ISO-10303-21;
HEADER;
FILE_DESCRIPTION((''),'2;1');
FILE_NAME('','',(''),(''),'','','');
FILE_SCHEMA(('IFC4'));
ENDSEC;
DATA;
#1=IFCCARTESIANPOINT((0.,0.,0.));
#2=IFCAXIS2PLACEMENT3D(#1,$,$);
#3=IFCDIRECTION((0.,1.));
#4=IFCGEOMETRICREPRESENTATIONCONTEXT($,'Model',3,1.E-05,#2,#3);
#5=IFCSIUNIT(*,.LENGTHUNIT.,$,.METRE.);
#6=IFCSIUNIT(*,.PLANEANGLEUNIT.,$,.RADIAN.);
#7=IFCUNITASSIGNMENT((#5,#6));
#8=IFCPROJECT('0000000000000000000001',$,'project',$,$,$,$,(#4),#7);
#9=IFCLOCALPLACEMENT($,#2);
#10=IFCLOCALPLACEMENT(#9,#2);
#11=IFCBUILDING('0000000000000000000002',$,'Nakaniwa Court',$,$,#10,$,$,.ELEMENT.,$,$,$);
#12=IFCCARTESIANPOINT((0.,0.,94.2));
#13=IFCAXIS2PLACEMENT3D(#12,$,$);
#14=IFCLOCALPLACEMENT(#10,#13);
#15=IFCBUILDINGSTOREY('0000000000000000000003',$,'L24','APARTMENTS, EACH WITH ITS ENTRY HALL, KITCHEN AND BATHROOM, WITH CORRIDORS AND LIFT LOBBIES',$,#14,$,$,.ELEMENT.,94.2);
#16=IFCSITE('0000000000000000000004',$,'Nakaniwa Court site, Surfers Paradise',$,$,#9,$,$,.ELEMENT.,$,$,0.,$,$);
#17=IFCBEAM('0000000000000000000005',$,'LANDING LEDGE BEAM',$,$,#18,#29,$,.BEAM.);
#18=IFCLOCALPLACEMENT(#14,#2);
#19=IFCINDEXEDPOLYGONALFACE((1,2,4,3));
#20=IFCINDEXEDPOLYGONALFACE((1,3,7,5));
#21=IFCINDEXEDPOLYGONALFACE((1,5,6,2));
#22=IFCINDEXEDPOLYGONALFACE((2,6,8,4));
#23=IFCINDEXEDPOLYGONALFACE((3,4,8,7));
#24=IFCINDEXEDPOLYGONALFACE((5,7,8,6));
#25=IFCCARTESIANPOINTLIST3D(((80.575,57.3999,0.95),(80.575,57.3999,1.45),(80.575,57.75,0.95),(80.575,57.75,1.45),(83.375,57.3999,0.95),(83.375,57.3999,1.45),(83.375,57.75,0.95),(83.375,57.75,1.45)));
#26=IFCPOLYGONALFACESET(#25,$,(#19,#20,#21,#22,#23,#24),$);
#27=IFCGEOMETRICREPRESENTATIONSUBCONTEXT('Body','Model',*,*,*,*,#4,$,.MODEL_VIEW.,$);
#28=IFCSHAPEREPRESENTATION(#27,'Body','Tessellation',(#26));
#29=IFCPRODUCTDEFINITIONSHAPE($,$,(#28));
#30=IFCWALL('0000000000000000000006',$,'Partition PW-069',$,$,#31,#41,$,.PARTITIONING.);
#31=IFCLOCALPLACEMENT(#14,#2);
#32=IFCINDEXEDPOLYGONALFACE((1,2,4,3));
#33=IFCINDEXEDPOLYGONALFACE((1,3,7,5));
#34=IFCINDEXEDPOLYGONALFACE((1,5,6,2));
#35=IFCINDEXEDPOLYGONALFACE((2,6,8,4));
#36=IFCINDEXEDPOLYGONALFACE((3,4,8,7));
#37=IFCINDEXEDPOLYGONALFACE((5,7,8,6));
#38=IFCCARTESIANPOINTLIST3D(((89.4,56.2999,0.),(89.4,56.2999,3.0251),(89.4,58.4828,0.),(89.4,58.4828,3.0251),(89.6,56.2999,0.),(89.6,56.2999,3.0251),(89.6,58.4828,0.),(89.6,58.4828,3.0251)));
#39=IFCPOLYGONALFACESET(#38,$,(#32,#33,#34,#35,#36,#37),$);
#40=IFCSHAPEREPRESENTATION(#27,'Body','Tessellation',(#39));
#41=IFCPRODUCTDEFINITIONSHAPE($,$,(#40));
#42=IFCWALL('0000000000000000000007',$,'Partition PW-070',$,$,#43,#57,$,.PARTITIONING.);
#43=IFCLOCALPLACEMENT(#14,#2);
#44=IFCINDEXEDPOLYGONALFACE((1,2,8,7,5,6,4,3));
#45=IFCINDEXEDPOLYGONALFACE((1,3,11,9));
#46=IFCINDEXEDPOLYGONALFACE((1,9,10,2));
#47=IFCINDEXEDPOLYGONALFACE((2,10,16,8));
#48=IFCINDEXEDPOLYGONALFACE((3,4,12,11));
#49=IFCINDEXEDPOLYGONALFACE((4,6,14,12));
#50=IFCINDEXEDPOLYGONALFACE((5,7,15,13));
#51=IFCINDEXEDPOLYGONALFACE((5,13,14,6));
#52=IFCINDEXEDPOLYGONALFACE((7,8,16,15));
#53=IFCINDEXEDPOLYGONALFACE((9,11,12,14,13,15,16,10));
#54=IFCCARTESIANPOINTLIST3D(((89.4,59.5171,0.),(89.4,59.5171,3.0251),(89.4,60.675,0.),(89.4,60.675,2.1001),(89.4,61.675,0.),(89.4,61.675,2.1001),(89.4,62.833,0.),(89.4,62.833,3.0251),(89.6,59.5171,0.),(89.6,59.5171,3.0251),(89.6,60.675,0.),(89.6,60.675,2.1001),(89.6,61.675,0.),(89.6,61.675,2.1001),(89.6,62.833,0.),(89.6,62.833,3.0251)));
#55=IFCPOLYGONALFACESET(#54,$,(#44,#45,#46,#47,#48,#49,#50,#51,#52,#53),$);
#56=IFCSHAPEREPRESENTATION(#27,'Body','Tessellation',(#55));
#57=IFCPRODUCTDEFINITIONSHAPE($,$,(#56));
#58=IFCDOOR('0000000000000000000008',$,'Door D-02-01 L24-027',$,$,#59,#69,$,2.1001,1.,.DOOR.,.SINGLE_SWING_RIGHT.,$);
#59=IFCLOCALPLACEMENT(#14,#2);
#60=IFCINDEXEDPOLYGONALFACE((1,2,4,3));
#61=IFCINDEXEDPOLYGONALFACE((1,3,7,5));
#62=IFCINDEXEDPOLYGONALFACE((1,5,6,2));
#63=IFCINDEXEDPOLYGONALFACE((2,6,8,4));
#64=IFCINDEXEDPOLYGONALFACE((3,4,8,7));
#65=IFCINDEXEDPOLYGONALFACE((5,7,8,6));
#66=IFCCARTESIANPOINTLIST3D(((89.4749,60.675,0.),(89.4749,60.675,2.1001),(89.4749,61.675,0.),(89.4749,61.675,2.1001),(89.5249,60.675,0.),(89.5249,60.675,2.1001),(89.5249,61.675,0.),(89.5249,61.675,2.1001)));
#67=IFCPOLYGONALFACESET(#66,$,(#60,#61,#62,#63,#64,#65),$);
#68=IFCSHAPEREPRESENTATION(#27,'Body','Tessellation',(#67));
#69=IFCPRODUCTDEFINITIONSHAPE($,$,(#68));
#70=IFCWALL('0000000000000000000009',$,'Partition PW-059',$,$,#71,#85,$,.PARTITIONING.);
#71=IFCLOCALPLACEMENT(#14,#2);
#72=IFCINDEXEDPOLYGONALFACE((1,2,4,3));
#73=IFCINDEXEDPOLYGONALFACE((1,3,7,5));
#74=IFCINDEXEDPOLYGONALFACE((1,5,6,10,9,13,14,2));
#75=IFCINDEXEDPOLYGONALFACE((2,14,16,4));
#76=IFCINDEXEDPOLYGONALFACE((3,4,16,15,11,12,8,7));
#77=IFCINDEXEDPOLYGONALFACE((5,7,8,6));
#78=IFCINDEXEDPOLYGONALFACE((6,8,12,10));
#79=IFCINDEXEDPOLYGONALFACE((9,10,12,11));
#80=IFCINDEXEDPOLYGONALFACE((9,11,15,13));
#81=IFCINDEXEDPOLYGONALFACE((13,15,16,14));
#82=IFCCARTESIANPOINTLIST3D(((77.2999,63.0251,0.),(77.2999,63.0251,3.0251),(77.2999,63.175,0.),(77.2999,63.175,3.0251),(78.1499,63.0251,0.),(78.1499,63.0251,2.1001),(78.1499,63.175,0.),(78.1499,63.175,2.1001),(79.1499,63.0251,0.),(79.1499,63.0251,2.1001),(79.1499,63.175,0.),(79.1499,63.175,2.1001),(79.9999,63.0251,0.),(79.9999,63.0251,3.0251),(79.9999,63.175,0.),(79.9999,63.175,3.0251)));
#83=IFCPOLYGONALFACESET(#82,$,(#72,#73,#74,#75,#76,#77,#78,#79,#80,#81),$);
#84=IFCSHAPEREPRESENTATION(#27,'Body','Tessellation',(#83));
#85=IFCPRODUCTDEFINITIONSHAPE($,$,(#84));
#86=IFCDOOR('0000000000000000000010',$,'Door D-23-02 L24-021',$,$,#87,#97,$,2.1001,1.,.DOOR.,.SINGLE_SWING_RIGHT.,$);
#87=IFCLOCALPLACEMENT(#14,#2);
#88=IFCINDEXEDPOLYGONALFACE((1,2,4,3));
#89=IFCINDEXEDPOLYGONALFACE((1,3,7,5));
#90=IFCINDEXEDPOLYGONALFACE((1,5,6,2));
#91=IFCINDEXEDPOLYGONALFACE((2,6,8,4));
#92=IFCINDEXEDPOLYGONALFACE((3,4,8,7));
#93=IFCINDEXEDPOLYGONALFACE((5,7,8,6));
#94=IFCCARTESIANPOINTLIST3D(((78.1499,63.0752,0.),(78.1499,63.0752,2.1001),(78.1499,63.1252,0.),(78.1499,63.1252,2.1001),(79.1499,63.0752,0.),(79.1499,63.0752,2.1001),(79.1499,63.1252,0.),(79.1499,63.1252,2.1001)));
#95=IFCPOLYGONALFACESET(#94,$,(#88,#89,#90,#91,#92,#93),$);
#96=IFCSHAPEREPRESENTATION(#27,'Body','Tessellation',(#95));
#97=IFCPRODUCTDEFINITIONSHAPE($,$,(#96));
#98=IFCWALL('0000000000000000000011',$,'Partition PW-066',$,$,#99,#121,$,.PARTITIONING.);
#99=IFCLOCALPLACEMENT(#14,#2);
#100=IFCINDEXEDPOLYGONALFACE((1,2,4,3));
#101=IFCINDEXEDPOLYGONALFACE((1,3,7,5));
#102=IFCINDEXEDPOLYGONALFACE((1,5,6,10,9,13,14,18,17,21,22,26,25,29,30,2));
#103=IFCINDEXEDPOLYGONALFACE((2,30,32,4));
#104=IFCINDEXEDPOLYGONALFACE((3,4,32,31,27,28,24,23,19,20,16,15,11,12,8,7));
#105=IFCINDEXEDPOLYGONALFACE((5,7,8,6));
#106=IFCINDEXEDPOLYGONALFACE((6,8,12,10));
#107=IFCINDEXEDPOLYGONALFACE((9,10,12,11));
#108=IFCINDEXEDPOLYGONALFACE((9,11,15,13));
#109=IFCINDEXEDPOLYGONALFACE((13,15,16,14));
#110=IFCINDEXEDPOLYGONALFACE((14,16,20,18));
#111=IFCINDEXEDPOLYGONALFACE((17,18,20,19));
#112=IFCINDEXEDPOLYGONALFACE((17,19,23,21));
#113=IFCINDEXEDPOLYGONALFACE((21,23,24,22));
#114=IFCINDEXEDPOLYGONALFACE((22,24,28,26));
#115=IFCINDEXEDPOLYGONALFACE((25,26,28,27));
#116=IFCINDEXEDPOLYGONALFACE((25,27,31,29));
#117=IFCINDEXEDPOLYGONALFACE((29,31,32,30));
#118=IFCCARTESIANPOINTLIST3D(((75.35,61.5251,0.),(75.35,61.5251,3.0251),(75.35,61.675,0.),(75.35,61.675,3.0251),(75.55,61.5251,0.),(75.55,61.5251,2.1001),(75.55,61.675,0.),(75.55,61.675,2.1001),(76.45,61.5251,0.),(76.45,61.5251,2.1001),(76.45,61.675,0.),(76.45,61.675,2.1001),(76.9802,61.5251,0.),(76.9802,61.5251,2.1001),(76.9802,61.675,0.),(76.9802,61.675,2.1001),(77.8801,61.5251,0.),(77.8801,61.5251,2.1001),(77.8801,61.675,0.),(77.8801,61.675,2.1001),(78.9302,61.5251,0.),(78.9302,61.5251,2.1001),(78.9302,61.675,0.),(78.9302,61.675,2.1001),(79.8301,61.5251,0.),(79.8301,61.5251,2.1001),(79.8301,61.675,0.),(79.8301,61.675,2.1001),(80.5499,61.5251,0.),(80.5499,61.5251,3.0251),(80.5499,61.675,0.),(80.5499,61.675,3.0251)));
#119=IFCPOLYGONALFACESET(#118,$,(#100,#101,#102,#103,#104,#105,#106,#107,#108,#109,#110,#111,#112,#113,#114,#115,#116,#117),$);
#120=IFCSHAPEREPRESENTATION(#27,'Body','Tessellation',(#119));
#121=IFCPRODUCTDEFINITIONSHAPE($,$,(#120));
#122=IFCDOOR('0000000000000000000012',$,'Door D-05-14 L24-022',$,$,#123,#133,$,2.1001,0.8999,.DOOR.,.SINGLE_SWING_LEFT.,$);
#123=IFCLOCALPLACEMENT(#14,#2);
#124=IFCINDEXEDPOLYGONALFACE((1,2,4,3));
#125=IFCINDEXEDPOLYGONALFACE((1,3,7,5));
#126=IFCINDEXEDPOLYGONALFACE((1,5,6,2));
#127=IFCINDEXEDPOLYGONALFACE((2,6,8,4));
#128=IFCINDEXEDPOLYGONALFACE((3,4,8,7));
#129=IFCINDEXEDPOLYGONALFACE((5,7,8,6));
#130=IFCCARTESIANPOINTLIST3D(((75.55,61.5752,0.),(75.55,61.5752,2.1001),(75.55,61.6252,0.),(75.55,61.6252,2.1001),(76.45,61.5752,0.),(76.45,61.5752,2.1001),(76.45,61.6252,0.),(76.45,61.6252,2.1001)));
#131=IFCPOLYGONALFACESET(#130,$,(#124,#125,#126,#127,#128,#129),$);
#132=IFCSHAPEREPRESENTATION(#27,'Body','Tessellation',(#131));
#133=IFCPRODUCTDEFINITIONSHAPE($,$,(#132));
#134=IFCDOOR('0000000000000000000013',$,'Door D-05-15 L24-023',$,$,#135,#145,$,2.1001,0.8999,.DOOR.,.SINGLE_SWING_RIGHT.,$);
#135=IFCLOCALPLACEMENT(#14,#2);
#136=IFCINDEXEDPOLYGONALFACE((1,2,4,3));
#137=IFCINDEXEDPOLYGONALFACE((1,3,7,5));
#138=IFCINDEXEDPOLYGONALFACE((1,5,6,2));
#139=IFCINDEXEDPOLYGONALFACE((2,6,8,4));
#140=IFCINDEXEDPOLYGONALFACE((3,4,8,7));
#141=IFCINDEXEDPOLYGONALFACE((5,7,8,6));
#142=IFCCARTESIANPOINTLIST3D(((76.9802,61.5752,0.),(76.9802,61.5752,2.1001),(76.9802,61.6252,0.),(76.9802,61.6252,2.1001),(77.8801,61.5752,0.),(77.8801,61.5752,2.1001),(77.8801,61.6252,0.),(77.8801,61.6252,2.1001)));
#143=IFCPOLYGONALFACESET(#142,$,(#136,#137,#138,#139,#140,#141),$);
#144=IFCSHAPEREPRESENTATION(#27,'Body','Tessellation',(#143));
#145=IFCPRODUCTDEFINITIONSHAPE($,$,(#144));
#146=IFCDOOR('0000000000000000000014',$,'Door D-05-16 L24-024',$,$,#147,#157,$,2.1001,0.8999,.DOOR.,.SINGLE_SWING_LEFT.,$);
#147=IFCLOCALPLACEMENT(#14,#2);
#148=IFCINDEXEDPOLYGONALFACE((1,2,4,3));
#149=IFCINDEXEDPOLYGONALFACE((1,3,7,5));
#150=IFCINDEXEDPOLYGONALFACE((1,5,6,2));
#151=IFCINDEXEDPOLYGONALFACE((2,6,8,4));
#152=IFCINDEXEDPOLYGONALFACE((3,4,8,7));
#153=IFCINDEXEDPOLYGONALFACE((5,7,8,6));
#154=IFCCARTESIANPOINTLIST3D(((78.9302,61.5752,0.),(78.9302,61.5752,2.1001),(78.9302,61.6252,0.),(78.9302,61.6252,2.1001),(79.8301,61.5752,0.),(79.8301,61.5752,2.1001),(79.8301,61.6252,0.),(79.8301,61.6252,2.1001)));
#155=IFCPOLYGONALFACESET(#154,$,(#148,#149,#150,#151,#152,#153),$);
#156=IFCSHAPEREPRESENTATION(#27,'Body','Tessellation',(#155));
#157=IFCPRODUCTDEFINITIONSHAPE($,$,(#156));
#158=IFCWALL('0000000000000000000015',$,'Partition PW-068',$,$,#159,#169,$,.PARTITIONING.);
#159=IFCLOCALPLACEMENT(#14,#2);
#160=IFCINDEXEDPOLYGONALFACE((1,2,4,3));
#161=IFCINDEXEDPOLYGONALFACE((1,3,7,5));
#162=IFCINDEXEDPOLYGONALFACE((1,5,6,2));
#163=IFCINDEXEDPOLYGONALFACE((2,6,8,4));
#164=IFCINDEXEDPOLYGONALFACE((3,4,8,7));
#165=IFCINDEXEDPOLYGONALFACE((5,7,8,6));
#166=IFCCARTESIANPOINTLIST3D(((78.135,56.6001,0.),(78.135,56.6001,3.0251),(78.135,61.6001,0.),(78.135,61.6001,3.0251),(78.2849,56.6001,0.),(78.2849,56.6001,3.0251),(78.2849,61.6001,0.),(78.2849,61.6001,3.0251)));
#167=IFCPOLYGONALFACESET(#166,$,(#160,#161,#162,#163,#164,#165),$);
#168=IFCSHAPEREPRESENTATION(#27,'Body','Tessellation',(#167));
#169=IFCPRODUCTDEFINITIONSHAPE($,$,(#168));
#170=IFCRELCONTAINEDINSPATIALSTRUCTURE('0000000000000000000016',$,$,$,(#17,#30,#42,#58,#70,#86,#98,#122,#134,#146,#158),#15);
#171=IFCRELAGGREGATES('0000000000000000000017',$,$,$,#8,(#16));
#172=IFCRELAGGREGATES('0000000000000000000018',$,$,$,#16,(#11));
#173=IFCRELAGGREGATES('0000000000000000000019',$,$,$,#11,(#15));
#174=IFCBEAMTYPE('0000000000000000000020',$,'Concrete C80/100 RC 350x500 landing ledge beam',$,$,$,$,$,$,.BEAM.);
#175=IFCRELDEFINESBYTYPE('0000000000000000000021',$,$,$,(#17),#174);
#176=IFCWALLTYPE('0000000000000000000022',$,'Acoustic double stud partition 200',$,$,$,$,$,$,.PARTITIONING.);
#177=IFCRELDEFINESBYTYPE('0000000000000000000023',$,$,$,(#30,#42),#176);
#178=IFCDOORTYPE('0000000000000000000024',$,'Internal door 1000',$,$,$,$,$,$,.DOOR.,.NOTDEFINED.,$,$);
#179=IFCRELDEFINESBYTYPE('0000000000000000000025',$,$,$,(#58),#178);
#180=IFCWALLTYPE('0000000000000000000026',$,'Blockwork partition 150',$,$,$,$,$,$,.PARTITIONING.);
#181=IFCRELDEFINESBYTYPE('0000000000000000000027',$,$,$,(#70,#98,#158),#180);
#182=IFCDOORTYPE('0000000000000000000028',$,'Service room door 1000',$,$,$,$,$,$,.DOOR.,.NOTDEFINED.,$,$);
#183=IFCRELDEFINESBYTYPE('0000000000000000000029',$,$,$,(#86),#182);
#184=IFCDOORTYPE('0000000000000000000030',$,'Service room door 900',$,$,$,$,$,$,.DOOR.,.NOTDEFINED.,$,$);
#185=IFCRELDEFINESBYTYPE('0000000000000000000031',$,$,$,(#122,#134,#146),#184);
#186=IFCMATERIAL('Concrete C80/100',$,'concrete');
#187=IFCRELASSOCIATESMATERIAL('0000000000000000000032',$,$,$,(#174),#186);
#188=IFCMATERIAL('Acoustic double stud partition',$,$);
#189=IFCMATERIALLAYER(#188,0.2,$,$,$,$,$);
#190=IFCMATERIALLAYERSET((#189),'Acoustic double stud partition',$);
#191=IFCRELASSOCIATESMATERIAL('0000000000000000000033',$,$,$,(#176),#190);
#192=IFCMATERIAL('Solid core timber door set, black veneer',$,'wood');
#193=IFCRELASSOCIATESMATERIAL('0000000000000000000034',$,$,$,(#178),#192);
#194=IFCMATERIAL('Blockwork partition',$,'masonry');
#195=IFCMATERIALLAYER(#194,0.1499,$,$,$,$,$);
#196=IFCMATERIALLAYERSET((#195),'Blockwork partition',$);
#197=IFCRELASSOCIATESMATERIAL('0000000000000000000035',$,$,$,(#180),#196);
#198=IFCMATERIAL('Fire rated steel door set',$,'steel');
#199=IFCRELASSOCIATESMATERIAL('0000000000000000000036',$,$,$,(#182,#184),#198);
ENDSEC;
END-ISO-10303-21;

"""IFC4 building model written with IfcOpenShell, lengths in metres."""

from ifc_helpers import new_model, si_unit, direction, frame, frame_2d, origin, origin_2d, place, context, subcontext, project, spatial, rectangle, extrude, material, layer, layer_set, material_profile, profile_set, type_object, element, fill, save


model = new_model("IFC4")

# Units and contexts
model_context = context("Model", 3, precision=1e-05, world=origin(), true_north=direction((0.0, 1.0)))
body_context = subcontext(model_context, "Body", "Model", "MODEL_VIEW")
ifc_project = project(units=[si_unit("LENGTHUNIT", "METRE"), si_unit("PLANEANGLEUNIT", "RADIAN")], contexts=[model_context])

# Site, building, storey
site_placement = place(None, origin())
site = spatial("IfcSite", under=ifc_project, at=site_placement, Name="Nakaniwa Court site, Surfers Paradise", CompositionType="ELEMENT", RefElevation=0.0)
building_placement = place(site_placement, origin())
building = spatial("IfcBuilding", under=site, at=building_placement, Name="Nakaniwa Court", CompositionType="ELEMENT")
storey_placement = place(building_placement, frame((0.0, 0.0, 94.2)))
storey = spatial("IfcBuildingStorey", under=building, at=storey_placement, Name="L24", Description="APARTMENTS, EACH WITH ITS ENTRY HALL, KITCHEN AND BATHROOM, WITH CORRIDORS AND LIFT LOBBIES", CompositionType="ELEMENT", Elevation=94.2)

# Beam
ifc_material_1 = material(Name="Concrete C80/100", Category="concrete")
ifc_material_profile = material_profile(ifc_material_1, rectangle(XDim=0.3501, YDim=0.5, at=origin_2d()), Name="Concrete C80/100 RC 350x500 landing ledge beam")
ifc_profile_set = profile_set([ifc_material_profile], Name="Concrete C80/100")
beam_type = type_object("IfcBeamType", Name="Concrete C80/100 RC 350x500 landing ledge beam", PredefinedType="BEAM", material=ifc_profile_set)
beam_placement = place(storey_placement, frame((80.575, 57.575, 1.2), z_axis=(1.0, 0.0, 0.0), x_axis=(0.0, 1.0, 0.0)))
element("IfcBeam", 1, at=beam_placement, inside=storey, type_object=beam_type, Name="LANDING LEDGE BEAM", PredefinedType="BEAM", context=body_context, shape_type="SweptSolid", body=[
    extrude(rectangle(XDim=0.3501, YDim=0.5, at=origin_2d()), origin(), (0.0, 0.0, 1.0), 2.8),
])

# Wall
ifc_material_2 = material(Name="Acoustic double stud partition")
ifc_layer_1 = layer(ifc_material_2, 0.2)
ifc_layer_set_1 = layer_set([ifc_layer_1], Name="Acoustic double stud partition")
wall_type_1 = type_object("IfcWallType", Name="Acoustic double stud partition 200", PredefinedType="PARTITIONING", material=ifc_layer_set_1)
wall_1_placement = place(storey_placement, frame((89.5, 56.3, 0.0), z_axis=(0.0, 0.0, 1.0), x_axis=(0.0, 1.0, 0.0)))
element("IfcWall", 2, at=wall_1_placement, inside=storey, type_object=wall_type_1, Name="Partition PW-069", PredefinedType="PARTITIONING", context=body_context, shape_type="SweptSolid", body=[
    extrude(rectangle(XDim=2.1829, YDim=0.2, at=frame_2d((1.0913, 0.0))), origin(), (0.0, 0.0, 1.0), 3.0251),
])

# Walls, openings, doors
wall_2_placement = place(storey_placement, frame((89.5, 62.833, 0.0), z_axis=(0.0, 0.0, 1.0), x_axis=(0.0, -1.0, 0.0)))
wall_2 = element("IfcWall", 3, at=wall_2_placement, inside=storey, type_object=wall_type_1, Name="Partition PW-070", PredefinedType="PARTITIONING", context=body_context, shape_type="SweptSolid", body=[
    extrude(rectangle(XDim=3.3159, YDim=0.2, at=frame_2d((1.658, 0.0))), origin(), (0.0, 0.0, 1.0), 3.0251),
])
opening_1_placement = place(wall_2_placement, frame((1.158, 0.0, 0.0)))
opening_1 = element("IfcOpeningElement", 4, at=opening_1_placement, cuts=wall_2, PredefinedType="OPENING", context=body_context, shape_type="SweptSolid", body=[
    extrude(rectangle(XDim=1.0, YDim=2.1001, at=frame_2d((0.5, 1.05))), frame((0.0, 0.1099, 0.0), z_axis=(0.0, -1.0, 0.0), x_axis=(1.0, 0.0, 0.0)), (0.0, 0.0, 1.0), 0.22),
])
ifc_material_3 = material(Name="Solid core timber door set, black veneer", Category="wood")
door_type_1 = type_object("IfcDoorType", Name="Internal door 1000", OperationType="NOTDEFINED", PredefinedType="DOOR", material=ifc_material_3)
door_1_placement = place(opening_1_placement, origin())
door_1 = element("IfcDoor", 5, at=door_1_placement, inside=storey, type_object=door_type_1, Name="Door D-02-01 L24-027", OperationType="SINGLE_SWING_RIGHT", OverallHeight=2.1001, OverallWidth=1.0, PredefinedType="DOOR", context=body_context, shape_type="SweptSolid", body=[
    extrude(rectangle(XDim=1.0, YDim=2.1001, at=frame_2d((0.5, 1.05))), frame((0.0, 0.0249, 0.0), z_axis=(0.0, -1.0, 0.0), x_axis=(1.0, 0.0, 0.0)), (0.0, 0.0, 1.0), 0.05),
])
fill(opening_1, door_1)
ifc_material_4 = material(Name="Blockwork partition", Category="masonry")
ifc_layer_2 = layer(ifc_material_4, 0.1499)
ifc_layer_set_2 = layer_set([ifc_layer_2], Name="Blockwork partition")
wall_type_2 = type_object("IfcWallType", Name="Blockwork partition 150", PredefinedType="PARTITIONING", material=ifc_layer_set_2)
wall_3_placement = place(storey_placement, frame((80.0, 63.1001, 0.0), z_axis=(0.0, 0.0, 1.0), x_axis=(-1.0, 0.0, 0.0)))
wall_3 = element("IfcWall", 6, at=wall_3_placement, inside=storey, type_object=wall_type_2, Name="Partition PW-059", PredefinedType="PARTITIONING", context=body_context, shape_type="SweptSolid", body=[
    extrude(rectangle(XDim=2.7, YDim=0.1499, at=frame_2d((1.3501, 0.0))), origin(), (0.0, 0.0, 1.0), 3.0251),
])
opening_2_placement = place(wall_3_placement, frame((0.8501, 0.0, 0.0)))
opening_2 = element("IfcOpeningElement", 7, at=opening_2_placement, cuts=wall_3, PredefinedType="OPENING", context=body_context, shape_type="SweptSolid", body=[
    extrude(rectangle(XDim=1.0, YDim=2.1001, at=frame_2d((0.5, 1.05))), frame((0.0, 0.085, 0.0), z_axis=(0.0, -1.0, 0.0), x_axis=(1.0, 0.0, 0.0)), (0.0, 0.0, 1.0), 0.1699),
])
ifc_material_5 = material(Name="Fire rated steel door set", Category="steel")
door_type_2 = type_object("IfcDoorType", Name="Service room door 1000", OperationType="NOTDEFINED", PredefinedType="DOOR", material=ifc_material_5)
door_2_placement = place(opening_2_placement, origin())
door_2 = element("IfcDoor", 8, at=door_2_placement, inside=storey, type_object=door_type_2, Name="Door D-23-02 L24-021", OperationType="SINGLE_SWING_RIGHT", OverallHeight=2.1001, OverallWidth=1.0, PredefinedType="DOOR", context=body_context, shape_type="SweptSolid", body=[
    extrude(rectangle(XDim=1.0, YDim=2.1001, at=frame_2d((0.5, 1.05))), frame((0.0, 0.0249, 0.0), z_axis=(0.0, -1.0, 0.0), x_axis=(1.0, 0.0, 0.0)), (0.0, 0.0, 1.0), 0.05),
])
fill(opening_2, door_2)

# Wall, openings, doors
wall_4_placement = place(storey_placement, frame((80.55, 61.6001, 0.0), z_axis=(0.0, 0.0, 1.0), x_axis=(-1.0, 0.0, 0.0)))
wall_4 = element("IfcWall", 9, at=wall_4_placement, inside=storey, type_object=wall_type_2, Name="Partition PW-066", PredefinedType="PARTITIONING", context=body_context, shape_type="SweptSolid", body=[
    extrude(rectangle(XDim=5.2, YDim=0.1499, at=frame_2d((2.6001, 0.0))), origin(), (0.0, 0.0, 1.0), 3.0251),
])
opening_3_placement = place(wall_4_placement, frame((4.1001, 0.0, 0.0)))
opening_3 = element("IfcOpeningElement", 10, at=opening_3_placement, cuts=wall_4, PredefinedType="OPENING", context=body_context, shape_type="SweptSolid", body=[
    extrude(rectangle(XDim=0.8999, YDim=2.1001, at=frame_2d((0.45, 1.05))), frame((0.0, 0.085, 0.0), z_axis=(0.0, -1.0, 0.0), x_axis=(1.0, 0.0, 0.0)), (0.0, 0.0, 1.0), 0.1699),
])
opening_4_placement = place(wall_4_placement, frame((2.6699, 0.0, 0.0)))
opening_4 = element("IfcOpeningElement", 11, at=opening_4_placement, cuts=wall_4, PredefinedType="OPENING", context=body_context, shape_type="SweptSolid", body=[
    extrude(rectangle(XDim=0.8999, YDim=2.1001, at=frame_2d((0.45, 1.05))), frame((0.0, 0.085, 0.0), z_axis=(0.0, -1.0, 0.0), x_axis=(1.0, 0.0, 0.0)), (0.0, 0.0, 1.0), 0.1699),
])
opening_5_placement = place(wall_4_placement, frame((0.72, 0.0, 0.0)))
opening_5 = element("IfcOpeningElement", 12, at=opening_5_placement, cuts=wall_4, PredefinedType="OPENING", context=body_context, shape_type="SweptSolid", body=[
    extrude(rectangle(XDim=0.8999, YDim=2.1001, at=frame_2d((0.45, 1.05))), frame((0.0, 0.085, 0.0), z_axis=(0.0, -1.0, 0.0), x_axis=(1.0, 0.0, 0.0)), (0.0, 0.0, 1.0), 0.1699),
])
door_type_3 = type_object("IfcDoorType", Name="Service room door 900", OperationType="NOTDEFINED", PredefinedType="DOOR", material=ifc_material_5)
door_3_placement = place(opening_3_placement, origin())
door_3 = element("IfcDoor", 13, at=door_3_placement, inside=storey, type_object=door_type_3, Name="Door D-05-14 L24-022", OperationType="SINGLE_SWING_LEFT", OverallHeight=2.1001, OverallWidth=0.8999, PredefinedType="DOOR", context=body_context, shape_type="SweptSolid", body=[
    extrude(rectangle(XDim=0.8999, YDim=2.1001, at=frame_2d((0.45, 1.05))), frame((0.0, 0.0249, 0.0), z_axis=(0.0, -1.0, 0.0), x_axis=(1.0, 0.0, 0.0)), (0.0, 0.0, 1.0), 0.05),
])
fill(opening_3, door_3)
door_4_placement = place(opening_4_placement, origin())
door_4 = element("IfcDoor", 14, at=door_4_placement, inside=storey, type_object=door_type_3, Name="Door D-05-15 L24-023", OperationType="SINGLE_SWING_RIGHT", OverallHeight=2.1001, OverallWidth=0.8999, PredefinedType="DOOR", context=body_context, shape_type="SweptSolid", body=[
    extrude(rectangle(XDim=0.8999, YDim=2.1001, at=frame_2d((0.45, 1.05))), frame((0.0, 0.0249, 0.0), z_axis=(0.0, -1.0, 0.0), x_axis=(1.0, 0.0, 0.0)), (0.0, 0.0, 1.0), 0.05),
])
fill(opening_4, door_4)
door_5_placement = place(opening_5_placement, origin())
door_5 = element("IfcDoor", 15, at=door_5_placement, inside=storey, type_object=door_type_3, Name="Door D-05-16 L24-024", OperationType="SINGLE_SWING_LEFT", OverallHeight=2.1001, OverallWidth=0.8999, PredefinedType="DOOR", context=body_context, shape_type="SweptSolid", body=[
    extrude(rectangle(XDim=0.8999, YDim=2.1001, at=frame_2d((0.45, 1.05))), frame((0.0, 0.0249, 0.0), z_axis=(0.0, -1.0, 0.0), x_axis=(1.0, 0.0, 0.0)), (0.0, 0.0, 1.0), 0.05),
])
fill(opening_5, door_5)

# Wall
wall_5_placement = place(storey_placement, frame((78.21, 56.6001, 0.0), z_axis=(0.0, 0.0, 1.0), x_axis=(0.0, 1.0, 0.0)))
element("IfcWall", 16, at=wall_5_placement, inside=storey, type_object=wall_type_2, Name="Partition PW-068", PredefinedType="PARTITIONING", context=body_context, shape_type="SweptSolid", body=[
    extrude(rectangle(XDim=5.0, YDim=0.1499, at=frame_2d((2.5, 0.0))), origin(), (0.0, 0.0, 1.0), 3.0251),
])

save(model, "model.ifc")
